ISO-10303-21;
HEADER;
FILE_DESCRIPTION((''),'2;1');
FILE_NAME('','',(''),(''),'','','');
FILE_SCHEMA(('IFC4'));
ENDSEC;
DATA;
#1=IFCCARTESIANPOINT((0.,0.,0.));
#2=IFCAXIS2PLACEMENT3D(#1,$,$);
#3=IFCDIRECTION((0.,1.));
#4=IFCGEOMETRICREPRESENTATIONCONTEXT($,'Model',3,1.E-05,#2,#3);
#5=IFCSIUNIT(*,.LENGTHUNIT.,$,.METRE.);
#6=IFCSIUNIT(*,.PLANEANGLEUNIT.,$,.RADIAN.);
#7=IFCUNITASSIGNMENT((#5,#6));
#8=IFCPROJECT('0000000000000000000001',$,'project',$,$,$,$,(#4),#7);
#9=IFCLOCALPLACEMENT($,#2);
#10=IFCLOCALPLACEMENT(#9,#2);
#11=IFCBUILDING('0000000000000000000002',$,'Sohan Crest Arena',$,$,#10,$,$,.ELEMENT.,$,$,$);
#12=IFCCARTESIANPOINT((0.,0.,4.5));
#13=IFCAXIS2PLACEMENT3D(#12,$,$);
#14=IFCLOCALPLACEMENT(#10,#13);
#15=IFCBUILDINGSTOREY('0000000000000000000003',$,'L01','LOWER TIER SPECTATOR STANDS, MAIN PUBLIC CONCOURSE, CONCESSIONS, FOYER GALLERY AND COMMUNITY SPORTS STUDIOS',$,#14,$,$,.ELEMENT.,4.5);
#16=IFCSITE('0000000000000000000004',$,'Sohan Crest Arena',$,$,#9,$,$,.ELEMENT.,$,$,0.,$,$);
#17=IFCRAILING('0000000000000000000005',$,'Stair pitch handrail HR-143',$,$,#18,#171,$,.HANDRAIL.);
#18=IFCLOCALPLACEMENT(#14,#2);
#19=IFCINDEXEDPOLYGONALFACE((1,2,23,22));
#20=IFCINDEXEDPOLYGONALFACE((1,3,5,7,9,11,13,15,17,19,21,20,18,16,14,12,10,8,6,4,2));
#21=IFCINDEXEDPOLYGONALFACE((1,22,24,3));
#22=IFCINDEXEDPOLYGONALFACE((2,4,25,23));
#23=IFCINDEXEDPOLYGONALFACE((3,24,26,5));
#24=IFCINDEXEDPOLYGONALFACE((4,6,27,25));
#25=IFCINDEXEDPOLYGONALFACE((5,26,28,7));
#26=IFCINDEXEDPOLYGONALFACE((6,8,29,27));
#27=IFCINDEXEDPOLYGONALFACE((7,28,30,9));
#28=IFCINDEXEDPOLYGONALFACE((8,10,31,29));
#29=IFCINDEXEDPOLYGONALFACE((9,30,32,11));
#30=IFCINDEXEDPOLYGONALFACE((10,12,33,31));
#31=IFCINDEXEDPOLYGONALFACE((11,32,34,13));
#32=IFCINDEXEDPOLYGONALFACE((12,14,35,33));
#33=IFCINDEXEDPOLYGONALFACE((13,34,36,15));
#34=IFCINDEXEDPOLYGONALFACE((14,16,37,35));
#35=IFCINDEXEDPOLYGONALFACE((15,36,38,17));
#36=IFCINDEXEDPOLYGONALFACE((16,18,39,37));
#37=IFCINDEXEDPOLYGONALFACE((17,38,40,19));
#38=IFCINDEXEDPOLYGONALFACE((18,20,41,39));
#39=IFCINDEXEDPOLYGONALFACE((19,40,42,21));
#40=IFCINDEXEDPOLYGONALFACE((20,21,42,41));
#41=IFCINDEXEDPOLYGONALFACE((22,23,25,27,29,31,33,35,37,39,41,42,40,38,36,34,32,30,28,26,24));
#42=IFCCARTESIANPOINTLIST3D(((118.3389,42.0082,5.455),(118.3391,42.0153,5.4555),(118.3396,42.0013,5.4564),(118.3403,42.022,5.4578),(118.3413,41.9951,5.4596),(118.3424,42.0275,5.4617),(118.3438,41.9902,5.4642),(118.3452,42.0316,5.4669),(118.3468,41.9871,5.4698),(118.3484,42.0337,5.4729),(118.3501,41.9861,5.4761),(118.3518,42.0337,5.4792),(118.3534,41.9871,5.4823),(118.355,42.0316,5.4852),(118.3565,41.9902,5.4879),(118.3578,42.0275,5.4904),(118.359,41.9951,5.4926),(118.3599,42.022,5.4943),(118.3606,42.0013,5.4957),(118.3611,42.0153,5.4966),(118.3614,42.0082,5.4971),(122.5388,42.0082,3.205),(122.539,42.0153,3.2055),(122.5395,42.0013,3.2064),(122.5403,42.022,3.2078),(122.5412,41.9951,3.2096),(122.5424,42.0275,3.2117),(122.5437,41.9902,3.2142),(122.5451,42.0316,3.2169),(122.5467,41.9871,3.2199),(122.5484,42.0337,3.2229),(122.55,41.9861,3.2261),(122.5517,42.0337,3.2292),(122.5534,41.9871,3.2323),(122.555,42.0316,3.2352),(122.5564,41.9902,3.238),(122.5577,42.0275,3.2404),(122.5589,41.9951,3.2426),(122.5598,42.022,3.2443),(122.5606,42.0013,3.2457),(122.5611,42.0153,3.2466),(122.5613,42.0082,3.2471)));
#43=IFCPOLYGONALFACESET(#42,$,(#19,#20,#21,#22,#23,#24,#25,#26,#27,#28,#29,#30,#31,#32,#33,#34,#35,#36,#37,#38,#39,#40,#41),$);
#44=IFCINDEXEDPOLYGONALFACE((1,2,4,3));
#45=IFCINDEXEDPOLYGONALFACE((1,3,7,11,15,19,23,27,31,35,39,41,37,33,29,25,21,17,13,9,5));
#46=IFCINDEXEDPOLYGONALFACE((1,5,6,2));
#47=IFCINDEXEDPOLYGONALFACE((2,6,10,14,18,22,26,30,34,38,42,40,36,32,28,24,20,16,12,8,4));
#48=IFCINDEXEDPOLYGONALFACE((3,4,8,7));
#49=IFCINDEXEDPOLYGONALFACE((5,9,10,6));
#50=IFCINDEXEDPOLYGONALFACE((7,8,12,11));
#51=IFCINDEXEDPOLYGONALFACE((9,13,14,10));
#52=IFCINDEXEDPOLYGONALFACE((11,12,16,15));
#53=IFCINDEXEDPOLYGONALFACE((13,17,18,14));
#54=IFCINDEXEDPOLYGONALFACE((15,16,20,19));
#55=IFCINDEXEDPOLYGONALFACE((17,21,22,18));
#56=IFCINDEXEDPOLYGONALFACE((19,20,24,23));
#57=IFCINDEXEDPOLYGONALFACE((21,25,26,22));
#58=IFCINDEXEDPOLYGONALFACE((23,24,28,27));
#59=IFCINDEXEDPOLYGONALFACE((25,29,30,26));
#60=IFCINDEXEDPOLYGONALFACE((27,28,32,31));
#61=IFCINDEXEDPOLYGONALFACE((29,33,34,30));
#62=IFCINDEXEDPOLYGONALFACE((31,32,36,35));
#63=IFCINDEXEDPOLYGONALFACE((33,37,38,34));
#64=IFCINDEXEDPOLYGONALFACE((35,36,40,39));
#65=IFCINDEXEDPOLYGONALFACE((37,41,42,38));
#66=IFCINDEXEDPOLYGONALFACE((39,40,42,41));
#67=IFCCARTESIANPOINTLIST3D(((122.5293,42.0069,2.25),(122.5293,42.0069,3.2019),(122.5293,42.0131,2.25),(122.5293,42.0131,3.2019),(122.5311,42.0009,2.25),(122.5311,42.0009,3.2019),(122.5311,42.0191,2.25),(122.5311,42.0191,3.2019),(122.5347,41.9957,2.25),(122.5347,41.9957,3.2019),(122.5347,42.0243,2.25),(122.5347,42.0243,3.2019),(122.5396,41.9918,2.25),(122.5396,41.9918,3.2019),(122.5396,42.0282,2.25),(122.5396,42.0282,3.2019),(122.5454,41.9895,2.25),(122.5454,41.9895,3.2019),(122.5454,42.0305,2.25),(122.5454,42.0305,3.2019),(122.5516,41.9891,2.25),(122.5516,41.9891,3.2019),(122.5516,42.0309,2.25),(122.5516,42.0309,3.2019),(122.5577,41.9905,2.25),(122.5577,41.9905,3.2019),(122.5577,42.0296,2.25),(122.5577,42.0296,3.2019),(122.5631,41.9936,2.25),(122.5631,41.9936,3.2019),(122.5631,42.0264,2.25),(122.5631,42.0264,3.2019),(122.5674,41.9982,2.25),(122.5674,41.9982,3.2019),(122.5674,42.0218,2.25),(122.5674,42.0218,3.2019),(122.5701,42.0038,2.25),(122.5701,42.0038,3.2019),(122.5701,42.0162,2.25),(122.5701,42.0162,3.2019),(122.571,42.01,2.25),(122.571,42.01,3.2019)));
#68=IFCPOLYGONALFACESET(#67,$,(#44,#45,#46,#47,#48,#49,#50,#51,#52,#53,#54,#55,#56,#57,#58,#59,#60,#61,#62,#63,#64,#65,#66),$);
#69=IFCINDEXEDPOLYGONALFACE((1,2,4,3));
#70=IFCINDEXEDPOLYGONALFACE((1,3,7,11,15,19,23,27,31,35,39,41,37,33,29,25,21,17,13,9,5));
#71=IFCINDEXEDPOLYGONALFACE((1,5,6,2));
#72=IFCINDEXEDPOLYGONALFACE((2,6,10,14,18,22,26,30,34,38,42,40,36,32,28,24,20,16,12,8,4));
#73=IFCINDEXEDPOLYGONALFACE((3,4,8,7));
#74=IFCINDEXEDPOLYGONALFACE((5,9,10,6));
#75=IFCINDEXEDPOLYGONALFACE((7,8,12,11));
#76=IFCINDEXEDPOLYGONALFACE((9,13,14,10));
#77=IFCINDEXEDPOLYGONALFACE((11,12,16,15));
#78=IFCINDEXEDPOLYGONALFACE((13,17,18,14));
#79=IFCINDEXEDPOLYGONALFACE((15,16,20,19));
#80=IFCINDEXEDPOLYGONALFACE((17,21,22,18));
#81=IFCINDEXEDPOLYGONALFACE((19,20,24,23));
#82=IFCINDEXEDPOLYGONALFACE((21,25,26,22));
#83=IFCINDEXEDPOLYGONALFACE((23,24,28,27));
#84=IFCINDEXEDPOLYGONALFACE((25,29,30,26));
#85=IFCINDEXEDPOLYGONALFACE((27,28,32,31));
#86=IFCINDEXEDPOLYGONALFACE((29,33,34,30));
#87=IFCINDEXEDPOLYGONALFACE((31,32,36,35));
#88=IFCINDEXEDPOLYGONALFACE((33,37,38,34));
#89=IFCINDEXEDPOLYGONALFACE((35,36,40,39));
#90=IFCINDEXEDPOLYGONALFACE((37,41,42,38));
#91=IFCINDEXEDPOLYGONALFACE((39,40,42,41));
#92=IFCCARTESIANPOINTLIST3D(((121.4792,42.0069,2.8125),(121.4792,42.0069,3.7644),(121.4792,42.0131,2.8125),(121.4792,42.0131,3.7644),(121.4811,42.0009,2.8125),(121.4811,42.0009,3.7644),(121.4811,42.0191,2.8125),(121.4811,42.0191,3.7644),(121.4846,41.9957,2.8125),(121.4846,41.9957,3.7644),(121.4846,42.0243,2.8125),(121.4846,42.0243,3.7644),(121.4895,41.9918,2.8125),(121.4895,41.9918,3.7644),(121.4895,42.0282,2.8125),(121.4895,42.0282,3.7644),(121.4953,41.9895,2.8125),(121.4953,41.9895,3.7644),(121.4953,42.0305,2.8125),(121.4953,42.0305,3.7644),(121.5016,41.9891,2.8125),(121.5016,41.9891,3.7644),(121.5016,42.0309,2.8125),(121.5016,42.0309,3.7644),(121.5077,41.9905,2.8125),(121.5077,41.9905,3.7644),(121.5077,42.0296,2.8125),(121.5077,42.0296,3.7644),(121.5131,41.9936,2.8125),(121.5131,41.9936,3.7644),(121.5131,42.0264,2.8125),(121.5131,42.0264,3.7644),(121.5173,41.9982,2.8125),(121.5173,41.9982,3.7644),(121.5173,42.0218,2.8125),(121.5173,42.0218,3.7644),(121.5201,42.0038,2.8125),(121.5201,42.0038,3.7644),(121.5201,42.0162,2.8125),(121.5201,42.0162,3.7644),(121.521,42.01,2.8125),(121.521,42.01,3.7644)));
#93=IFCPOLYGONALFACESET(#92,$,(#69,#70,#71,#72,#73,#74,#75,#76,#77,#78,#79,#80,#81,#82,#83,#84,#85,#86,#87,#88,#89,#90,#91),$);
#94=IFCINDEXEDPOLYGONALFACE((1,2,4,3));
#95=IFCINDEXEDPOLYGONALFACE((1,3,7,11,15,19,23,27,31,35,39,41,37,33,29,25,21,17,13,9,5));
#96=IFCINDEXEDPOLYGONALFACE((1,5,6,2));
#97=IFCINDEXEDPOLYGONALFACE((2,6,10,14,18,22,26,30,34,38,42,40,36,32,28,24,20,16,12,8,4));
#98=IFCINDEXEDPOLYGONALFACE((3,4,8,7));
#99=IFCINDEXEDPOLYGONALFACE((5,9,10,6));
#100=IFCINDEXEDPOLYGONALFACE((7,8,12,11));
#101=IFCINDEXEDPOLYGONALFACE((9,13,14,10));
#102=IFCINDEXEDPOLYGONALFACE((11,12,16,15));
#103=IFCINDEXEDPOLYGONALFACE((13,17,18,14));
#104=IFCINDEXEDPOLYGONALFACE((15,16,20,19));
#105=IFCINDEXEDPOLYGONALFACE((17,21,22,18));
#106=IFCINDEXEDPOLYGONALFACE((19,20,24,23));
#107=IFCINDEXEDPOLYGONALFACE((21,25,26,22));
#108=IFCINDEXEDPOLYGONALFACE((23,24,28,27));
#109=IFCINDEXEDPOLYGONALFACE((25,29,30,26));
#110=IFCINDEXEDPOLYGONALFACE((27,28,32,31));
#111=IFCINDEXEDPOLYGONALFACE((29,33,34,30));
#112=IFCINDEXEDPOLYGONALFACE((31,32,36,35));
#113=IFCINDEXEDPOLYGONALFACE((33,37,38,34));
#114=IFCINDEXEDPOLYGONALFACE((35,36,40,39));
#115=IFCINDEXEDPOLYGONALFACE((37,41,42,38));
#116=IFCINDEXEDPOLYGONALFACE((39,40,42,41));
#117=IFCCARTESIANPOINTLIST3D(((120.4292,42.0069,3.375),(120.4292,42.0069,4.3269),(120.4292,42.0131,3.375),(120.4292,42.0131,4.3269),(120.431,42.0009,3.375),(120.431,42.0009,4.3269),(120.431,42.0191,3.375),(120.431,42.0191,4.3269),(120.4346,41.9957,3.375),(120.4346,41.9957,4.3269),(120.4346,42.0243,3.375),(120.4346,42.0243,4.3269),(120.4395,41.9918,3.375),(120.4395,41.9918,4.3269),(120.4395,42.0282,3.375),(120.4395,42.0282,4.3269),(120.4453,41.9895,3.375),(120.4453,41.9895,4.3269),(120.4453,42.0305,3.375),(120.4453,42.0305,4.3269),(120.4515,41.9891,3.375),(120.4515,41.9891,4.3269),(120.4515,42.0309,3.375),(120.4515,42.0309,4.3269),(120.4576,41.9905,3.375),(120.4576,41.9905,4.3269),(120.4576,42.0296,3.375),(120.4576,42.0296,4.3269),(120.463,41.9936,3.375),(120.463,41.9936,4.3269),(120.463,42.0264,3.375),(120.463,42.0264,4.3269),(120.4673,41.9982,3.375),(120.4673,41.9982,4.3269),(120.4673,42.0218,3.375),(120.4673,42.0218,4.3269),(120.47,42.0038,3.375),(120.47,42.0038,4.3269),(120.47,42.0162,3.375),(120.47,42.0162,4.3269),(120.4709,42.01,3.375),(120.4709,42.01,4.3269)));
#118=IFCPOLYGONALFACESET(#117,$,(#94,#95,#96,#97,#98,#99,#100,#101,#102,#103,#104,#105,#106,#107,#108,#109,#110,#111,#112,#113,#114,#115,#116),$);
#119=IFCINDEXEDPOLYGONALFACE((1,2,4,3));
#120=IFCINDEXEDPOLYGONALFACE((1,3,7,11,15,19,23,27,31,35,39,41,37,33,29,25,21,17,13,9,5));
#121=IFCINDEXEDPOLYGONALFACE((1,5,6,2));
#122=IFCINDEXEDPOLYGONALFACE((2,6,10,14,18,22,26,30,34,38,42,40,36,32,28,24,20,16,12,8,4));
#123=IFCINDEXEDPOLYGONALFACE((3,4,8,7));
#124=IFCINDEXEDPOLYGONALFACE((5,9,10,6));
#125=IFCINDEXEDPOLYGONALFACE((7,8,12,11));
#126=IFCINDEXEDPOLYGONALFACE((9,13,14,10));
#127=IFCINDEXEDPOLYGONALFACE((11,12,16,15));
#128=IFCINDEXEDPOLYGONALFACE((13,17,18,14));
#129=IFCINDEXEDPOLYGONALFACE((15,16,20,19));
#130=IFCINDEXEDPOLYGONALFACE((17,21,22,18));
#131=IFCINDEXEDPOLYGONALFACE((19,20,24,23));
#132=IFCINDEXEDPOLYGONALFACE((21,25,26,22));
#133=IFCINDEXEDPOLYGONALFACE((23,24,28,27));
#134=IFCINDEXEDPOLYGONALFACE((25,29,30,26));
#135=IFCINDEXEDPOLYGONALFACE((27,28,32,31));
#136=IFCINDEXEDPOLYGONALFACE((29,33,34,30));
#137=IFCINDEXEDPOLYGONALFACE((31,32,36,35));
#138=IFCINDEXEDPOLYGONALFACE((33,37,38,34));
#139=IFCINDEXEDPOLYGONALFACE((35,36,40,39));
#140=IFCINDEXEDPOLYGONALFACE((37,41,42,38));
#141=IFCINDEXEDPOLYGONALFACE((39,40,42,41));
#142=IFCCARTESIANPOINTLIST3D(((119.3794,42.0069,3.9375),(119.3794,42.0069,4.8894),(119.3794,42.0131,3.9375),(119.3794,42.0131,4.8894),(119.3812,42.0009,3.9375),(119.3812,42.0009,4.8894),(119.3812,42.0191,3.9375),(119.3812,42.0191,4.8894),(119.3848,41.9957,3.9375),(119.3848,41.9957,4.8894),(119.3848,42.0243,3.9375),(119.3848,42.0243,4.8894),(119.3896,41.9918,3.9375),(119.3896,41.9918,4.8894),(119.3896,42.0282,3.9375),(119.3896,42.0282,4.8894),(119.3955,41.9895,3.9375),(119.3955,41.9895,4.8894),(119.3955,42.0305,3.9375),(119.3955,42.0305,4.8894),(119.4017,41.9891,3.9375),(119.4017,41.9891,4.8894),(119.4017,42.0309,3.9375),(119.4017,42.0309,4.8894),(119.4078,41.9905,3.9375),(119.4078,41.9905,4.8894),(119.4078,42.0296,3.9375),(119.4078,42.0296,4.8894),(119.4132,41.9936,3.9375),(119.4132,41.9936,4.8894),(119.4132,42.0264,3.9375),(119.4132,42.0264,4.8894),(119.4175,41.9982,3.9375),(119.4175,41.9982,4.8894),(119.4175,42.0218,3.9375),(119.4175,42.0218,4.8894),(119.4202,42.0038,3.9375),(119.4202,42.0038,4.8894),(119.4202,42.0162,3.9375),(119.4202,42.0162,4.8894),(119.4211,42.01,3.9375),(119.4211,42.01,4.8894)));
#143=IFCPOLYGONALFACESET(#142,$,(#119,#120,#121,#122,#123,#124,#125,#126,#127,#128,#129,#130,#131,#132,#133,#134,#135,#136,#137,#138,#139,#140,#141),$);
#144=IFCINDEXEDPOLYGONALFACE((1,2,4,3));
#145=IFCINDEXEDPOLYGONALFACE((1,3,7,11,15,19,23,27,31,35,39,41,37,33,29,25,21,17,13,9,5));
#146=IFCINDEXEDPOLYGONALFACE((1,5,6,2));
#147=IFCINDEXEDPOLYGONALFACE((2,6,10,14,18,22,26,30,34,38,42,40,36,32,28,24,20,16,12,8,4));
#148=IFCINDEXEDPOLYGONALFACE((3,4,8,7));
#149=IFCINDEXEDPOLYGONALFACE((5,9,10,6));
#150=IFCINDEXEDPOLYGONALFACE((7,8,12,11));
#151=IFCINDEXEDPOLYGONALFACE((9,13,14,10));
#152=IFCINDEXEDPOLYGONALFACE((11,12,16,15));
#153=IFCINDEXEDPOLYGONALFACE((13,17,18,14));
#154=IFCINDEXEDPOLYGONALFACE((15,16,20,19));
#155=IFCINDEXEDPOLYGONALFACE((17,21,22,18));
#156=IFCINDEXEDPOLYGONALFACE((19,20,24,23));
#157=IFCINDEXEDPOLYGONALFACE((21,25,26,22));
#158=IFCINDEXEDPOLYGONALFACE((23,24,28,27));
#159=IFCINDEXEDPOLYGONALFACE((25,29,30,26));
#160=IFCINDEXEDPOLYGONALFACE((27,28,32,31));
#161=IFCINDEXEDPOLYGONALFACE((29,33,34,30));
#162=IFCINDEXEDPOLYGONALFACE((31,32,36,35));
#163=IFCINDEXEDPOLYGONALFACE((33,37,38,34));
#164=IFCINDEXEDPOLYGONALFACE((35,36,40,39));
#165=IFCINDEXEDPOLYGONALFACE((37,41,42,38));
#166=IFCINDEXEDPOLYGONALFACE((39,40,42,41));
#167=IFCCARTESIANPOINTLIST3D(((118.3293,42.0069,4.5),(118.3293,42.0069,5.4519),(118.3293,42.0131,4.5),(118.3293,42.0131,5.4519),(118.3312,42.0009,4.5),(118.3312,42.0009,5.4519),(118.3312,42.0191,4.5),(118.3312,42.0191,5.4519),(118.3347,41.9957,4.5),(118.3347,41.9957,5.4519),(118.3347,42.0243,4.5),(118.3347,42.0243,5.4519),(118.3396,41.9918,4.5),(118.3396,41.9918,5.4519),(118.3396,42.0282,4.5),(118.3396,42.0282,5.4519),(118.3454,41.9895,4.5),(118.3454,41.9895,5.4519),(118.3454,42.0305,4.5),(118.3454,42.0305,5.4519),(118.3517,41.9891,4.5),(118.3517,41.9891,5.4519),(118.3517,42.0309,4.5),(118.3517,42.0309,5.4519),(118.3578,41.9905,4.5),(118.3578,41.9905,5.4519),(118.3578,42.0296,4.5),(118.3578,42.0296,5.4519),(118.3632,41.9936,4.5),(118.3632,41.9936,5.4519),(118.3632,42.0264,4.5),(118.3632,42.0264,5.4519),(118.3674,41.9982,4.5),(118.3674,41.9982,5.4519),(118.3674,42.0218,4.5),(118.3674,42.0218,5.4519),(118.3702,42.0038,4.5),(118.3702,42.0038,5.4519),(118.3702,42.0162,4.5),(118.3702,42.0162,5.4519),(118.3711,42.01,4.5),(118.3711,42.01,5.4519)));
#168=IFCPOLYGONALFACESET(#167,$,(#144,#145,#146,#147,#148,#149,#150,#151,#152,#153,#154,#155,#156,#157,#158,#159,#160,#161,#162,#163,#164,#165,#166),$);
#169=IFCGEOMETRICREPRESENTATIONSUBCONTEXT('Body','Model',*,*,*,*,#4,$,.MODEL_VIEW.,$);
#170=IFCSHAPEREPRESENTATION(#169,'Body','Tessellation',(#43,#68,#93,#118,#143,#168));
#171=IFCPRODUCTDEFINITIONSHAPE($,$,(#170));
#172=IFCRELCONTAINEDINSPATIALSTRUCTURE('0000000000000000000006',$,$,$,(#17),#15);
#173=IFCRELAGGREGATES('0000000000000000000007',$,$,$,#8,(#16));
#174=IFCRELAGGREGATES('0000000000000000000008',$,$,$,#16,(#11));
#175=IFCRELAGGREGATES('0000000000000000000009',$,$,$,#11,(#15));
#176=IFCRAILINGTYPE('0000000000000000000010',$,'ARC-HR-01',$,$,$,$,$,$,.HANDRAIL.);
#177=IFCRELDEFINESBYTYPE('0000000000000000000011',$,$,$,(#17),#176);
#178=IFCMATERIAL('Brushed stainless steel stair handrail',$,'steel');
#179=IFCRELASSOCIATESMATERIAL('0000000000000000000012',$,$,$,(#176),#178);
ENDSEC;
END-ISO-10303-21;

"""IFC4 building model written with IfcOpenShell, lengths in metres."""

from ifc_helpers import new_model, si_unit, direction, frame, origin, origin_2d, place, context, subcontext, project, spatial, circle, extrude, material, type_object, element, save


model = new_model("IFC4")

# Units and contexts
model_context = context("Model", 3, precision=1e-05, world=origin(), true_north=direction((0.0, 1.0)))
body_context = subcontext(model_context, "Body", "Model", "MODEL_VIEW")
ifc_project = project(units=[si_unit("LENGTHUNIT", "METRE"), si_unit("PLANEANGLEUNIT", "RADIAN")], contexts=[model_context])

# Site, building, storey
site_placement = place(None, origin())
site = spatial("IfcSite", under=ifc_project, at=site_placement, Name="Sohan Crest Arena", CompositionType="ELEMENT", RefElevation=0.0)
building_placement = place(site_placement, origin())
building = spatial("IfcBuilding", under=site, at=building_placement, Name="Sohan Crest Arena", CompositionType="ELEMENT")
storey_placement = place(building_placement, frame((0.0, 0.0, 4.5)))
storey = spatial("IfcBuildingStorey", under=building, at=storey_placement, Name="L01", Description="LOWER TIER SPECTATOR STANDS, MAIN PUBLIC CONCOURSE, CONCESSIONS, FOYER GALLERY AND COMMUNITY SPORTS STUDIOS", CompositionType="ELEMENT", Elevation=4.5)

# Railing
ifc_material_1 = material(Name="Brushed stainless steel stair handrail", Category="steel")
railing_type_1 = type_object("IfcRailingType", Name="ARC-HR-01", PredefinedType="HANDRAIL", material=ifc_material_1)
railing_1_placement = place(storey_placement, frame((122.55, 42.01, 2.25)))
element("IfcRailing", 1, at=railing_1_placement, inside=storey, type_object=railing_type_1, Name="Stair pitch handrail HR-143", PredefinedType="HANDRAIL", context=body_context, shape_type="SweptSolid", body=[
    extrude(circle(Radius=0.0239, at=origin_2d()), frame((0.0, 0.0, 0.9761), z_axis=(-0.881478, 0.0, 0.472226), x_axis=(0.0, -1.0, 0.0)), (0.0, 0.0, 1.0), 4.7646),
    extrude(circle(Radius=0.021, at=origin_2d()), origin(), (0.0, 0.0, 1.0), 0.9519),
    extrude(circle(Radius=0.021, at=origin_2d()), frame((-1.05, 0.0, 0.5625)), (0.0, 0.0, 1.0), 0.9519),
    extrude(circle(Radius=0.021, at=origin_2d()), frame((-2.1001, 0.0, 1.125)), (0.0, 0.0, 1.0), 0.9519),
    extrude(circle(Radius=0.021, at=origin_2d()), frame((-3.1499, 0.0, 1.6875)), (0.0, 0.0, 1.0), 0.9519),
    extrude(circle(Radius=0.021, at=origin_2d()), frame((-4.2, 0.0, 2.25)), (0.0, 0.0, 1.0), 0.9519),
])

save(model, "model.ifc")
